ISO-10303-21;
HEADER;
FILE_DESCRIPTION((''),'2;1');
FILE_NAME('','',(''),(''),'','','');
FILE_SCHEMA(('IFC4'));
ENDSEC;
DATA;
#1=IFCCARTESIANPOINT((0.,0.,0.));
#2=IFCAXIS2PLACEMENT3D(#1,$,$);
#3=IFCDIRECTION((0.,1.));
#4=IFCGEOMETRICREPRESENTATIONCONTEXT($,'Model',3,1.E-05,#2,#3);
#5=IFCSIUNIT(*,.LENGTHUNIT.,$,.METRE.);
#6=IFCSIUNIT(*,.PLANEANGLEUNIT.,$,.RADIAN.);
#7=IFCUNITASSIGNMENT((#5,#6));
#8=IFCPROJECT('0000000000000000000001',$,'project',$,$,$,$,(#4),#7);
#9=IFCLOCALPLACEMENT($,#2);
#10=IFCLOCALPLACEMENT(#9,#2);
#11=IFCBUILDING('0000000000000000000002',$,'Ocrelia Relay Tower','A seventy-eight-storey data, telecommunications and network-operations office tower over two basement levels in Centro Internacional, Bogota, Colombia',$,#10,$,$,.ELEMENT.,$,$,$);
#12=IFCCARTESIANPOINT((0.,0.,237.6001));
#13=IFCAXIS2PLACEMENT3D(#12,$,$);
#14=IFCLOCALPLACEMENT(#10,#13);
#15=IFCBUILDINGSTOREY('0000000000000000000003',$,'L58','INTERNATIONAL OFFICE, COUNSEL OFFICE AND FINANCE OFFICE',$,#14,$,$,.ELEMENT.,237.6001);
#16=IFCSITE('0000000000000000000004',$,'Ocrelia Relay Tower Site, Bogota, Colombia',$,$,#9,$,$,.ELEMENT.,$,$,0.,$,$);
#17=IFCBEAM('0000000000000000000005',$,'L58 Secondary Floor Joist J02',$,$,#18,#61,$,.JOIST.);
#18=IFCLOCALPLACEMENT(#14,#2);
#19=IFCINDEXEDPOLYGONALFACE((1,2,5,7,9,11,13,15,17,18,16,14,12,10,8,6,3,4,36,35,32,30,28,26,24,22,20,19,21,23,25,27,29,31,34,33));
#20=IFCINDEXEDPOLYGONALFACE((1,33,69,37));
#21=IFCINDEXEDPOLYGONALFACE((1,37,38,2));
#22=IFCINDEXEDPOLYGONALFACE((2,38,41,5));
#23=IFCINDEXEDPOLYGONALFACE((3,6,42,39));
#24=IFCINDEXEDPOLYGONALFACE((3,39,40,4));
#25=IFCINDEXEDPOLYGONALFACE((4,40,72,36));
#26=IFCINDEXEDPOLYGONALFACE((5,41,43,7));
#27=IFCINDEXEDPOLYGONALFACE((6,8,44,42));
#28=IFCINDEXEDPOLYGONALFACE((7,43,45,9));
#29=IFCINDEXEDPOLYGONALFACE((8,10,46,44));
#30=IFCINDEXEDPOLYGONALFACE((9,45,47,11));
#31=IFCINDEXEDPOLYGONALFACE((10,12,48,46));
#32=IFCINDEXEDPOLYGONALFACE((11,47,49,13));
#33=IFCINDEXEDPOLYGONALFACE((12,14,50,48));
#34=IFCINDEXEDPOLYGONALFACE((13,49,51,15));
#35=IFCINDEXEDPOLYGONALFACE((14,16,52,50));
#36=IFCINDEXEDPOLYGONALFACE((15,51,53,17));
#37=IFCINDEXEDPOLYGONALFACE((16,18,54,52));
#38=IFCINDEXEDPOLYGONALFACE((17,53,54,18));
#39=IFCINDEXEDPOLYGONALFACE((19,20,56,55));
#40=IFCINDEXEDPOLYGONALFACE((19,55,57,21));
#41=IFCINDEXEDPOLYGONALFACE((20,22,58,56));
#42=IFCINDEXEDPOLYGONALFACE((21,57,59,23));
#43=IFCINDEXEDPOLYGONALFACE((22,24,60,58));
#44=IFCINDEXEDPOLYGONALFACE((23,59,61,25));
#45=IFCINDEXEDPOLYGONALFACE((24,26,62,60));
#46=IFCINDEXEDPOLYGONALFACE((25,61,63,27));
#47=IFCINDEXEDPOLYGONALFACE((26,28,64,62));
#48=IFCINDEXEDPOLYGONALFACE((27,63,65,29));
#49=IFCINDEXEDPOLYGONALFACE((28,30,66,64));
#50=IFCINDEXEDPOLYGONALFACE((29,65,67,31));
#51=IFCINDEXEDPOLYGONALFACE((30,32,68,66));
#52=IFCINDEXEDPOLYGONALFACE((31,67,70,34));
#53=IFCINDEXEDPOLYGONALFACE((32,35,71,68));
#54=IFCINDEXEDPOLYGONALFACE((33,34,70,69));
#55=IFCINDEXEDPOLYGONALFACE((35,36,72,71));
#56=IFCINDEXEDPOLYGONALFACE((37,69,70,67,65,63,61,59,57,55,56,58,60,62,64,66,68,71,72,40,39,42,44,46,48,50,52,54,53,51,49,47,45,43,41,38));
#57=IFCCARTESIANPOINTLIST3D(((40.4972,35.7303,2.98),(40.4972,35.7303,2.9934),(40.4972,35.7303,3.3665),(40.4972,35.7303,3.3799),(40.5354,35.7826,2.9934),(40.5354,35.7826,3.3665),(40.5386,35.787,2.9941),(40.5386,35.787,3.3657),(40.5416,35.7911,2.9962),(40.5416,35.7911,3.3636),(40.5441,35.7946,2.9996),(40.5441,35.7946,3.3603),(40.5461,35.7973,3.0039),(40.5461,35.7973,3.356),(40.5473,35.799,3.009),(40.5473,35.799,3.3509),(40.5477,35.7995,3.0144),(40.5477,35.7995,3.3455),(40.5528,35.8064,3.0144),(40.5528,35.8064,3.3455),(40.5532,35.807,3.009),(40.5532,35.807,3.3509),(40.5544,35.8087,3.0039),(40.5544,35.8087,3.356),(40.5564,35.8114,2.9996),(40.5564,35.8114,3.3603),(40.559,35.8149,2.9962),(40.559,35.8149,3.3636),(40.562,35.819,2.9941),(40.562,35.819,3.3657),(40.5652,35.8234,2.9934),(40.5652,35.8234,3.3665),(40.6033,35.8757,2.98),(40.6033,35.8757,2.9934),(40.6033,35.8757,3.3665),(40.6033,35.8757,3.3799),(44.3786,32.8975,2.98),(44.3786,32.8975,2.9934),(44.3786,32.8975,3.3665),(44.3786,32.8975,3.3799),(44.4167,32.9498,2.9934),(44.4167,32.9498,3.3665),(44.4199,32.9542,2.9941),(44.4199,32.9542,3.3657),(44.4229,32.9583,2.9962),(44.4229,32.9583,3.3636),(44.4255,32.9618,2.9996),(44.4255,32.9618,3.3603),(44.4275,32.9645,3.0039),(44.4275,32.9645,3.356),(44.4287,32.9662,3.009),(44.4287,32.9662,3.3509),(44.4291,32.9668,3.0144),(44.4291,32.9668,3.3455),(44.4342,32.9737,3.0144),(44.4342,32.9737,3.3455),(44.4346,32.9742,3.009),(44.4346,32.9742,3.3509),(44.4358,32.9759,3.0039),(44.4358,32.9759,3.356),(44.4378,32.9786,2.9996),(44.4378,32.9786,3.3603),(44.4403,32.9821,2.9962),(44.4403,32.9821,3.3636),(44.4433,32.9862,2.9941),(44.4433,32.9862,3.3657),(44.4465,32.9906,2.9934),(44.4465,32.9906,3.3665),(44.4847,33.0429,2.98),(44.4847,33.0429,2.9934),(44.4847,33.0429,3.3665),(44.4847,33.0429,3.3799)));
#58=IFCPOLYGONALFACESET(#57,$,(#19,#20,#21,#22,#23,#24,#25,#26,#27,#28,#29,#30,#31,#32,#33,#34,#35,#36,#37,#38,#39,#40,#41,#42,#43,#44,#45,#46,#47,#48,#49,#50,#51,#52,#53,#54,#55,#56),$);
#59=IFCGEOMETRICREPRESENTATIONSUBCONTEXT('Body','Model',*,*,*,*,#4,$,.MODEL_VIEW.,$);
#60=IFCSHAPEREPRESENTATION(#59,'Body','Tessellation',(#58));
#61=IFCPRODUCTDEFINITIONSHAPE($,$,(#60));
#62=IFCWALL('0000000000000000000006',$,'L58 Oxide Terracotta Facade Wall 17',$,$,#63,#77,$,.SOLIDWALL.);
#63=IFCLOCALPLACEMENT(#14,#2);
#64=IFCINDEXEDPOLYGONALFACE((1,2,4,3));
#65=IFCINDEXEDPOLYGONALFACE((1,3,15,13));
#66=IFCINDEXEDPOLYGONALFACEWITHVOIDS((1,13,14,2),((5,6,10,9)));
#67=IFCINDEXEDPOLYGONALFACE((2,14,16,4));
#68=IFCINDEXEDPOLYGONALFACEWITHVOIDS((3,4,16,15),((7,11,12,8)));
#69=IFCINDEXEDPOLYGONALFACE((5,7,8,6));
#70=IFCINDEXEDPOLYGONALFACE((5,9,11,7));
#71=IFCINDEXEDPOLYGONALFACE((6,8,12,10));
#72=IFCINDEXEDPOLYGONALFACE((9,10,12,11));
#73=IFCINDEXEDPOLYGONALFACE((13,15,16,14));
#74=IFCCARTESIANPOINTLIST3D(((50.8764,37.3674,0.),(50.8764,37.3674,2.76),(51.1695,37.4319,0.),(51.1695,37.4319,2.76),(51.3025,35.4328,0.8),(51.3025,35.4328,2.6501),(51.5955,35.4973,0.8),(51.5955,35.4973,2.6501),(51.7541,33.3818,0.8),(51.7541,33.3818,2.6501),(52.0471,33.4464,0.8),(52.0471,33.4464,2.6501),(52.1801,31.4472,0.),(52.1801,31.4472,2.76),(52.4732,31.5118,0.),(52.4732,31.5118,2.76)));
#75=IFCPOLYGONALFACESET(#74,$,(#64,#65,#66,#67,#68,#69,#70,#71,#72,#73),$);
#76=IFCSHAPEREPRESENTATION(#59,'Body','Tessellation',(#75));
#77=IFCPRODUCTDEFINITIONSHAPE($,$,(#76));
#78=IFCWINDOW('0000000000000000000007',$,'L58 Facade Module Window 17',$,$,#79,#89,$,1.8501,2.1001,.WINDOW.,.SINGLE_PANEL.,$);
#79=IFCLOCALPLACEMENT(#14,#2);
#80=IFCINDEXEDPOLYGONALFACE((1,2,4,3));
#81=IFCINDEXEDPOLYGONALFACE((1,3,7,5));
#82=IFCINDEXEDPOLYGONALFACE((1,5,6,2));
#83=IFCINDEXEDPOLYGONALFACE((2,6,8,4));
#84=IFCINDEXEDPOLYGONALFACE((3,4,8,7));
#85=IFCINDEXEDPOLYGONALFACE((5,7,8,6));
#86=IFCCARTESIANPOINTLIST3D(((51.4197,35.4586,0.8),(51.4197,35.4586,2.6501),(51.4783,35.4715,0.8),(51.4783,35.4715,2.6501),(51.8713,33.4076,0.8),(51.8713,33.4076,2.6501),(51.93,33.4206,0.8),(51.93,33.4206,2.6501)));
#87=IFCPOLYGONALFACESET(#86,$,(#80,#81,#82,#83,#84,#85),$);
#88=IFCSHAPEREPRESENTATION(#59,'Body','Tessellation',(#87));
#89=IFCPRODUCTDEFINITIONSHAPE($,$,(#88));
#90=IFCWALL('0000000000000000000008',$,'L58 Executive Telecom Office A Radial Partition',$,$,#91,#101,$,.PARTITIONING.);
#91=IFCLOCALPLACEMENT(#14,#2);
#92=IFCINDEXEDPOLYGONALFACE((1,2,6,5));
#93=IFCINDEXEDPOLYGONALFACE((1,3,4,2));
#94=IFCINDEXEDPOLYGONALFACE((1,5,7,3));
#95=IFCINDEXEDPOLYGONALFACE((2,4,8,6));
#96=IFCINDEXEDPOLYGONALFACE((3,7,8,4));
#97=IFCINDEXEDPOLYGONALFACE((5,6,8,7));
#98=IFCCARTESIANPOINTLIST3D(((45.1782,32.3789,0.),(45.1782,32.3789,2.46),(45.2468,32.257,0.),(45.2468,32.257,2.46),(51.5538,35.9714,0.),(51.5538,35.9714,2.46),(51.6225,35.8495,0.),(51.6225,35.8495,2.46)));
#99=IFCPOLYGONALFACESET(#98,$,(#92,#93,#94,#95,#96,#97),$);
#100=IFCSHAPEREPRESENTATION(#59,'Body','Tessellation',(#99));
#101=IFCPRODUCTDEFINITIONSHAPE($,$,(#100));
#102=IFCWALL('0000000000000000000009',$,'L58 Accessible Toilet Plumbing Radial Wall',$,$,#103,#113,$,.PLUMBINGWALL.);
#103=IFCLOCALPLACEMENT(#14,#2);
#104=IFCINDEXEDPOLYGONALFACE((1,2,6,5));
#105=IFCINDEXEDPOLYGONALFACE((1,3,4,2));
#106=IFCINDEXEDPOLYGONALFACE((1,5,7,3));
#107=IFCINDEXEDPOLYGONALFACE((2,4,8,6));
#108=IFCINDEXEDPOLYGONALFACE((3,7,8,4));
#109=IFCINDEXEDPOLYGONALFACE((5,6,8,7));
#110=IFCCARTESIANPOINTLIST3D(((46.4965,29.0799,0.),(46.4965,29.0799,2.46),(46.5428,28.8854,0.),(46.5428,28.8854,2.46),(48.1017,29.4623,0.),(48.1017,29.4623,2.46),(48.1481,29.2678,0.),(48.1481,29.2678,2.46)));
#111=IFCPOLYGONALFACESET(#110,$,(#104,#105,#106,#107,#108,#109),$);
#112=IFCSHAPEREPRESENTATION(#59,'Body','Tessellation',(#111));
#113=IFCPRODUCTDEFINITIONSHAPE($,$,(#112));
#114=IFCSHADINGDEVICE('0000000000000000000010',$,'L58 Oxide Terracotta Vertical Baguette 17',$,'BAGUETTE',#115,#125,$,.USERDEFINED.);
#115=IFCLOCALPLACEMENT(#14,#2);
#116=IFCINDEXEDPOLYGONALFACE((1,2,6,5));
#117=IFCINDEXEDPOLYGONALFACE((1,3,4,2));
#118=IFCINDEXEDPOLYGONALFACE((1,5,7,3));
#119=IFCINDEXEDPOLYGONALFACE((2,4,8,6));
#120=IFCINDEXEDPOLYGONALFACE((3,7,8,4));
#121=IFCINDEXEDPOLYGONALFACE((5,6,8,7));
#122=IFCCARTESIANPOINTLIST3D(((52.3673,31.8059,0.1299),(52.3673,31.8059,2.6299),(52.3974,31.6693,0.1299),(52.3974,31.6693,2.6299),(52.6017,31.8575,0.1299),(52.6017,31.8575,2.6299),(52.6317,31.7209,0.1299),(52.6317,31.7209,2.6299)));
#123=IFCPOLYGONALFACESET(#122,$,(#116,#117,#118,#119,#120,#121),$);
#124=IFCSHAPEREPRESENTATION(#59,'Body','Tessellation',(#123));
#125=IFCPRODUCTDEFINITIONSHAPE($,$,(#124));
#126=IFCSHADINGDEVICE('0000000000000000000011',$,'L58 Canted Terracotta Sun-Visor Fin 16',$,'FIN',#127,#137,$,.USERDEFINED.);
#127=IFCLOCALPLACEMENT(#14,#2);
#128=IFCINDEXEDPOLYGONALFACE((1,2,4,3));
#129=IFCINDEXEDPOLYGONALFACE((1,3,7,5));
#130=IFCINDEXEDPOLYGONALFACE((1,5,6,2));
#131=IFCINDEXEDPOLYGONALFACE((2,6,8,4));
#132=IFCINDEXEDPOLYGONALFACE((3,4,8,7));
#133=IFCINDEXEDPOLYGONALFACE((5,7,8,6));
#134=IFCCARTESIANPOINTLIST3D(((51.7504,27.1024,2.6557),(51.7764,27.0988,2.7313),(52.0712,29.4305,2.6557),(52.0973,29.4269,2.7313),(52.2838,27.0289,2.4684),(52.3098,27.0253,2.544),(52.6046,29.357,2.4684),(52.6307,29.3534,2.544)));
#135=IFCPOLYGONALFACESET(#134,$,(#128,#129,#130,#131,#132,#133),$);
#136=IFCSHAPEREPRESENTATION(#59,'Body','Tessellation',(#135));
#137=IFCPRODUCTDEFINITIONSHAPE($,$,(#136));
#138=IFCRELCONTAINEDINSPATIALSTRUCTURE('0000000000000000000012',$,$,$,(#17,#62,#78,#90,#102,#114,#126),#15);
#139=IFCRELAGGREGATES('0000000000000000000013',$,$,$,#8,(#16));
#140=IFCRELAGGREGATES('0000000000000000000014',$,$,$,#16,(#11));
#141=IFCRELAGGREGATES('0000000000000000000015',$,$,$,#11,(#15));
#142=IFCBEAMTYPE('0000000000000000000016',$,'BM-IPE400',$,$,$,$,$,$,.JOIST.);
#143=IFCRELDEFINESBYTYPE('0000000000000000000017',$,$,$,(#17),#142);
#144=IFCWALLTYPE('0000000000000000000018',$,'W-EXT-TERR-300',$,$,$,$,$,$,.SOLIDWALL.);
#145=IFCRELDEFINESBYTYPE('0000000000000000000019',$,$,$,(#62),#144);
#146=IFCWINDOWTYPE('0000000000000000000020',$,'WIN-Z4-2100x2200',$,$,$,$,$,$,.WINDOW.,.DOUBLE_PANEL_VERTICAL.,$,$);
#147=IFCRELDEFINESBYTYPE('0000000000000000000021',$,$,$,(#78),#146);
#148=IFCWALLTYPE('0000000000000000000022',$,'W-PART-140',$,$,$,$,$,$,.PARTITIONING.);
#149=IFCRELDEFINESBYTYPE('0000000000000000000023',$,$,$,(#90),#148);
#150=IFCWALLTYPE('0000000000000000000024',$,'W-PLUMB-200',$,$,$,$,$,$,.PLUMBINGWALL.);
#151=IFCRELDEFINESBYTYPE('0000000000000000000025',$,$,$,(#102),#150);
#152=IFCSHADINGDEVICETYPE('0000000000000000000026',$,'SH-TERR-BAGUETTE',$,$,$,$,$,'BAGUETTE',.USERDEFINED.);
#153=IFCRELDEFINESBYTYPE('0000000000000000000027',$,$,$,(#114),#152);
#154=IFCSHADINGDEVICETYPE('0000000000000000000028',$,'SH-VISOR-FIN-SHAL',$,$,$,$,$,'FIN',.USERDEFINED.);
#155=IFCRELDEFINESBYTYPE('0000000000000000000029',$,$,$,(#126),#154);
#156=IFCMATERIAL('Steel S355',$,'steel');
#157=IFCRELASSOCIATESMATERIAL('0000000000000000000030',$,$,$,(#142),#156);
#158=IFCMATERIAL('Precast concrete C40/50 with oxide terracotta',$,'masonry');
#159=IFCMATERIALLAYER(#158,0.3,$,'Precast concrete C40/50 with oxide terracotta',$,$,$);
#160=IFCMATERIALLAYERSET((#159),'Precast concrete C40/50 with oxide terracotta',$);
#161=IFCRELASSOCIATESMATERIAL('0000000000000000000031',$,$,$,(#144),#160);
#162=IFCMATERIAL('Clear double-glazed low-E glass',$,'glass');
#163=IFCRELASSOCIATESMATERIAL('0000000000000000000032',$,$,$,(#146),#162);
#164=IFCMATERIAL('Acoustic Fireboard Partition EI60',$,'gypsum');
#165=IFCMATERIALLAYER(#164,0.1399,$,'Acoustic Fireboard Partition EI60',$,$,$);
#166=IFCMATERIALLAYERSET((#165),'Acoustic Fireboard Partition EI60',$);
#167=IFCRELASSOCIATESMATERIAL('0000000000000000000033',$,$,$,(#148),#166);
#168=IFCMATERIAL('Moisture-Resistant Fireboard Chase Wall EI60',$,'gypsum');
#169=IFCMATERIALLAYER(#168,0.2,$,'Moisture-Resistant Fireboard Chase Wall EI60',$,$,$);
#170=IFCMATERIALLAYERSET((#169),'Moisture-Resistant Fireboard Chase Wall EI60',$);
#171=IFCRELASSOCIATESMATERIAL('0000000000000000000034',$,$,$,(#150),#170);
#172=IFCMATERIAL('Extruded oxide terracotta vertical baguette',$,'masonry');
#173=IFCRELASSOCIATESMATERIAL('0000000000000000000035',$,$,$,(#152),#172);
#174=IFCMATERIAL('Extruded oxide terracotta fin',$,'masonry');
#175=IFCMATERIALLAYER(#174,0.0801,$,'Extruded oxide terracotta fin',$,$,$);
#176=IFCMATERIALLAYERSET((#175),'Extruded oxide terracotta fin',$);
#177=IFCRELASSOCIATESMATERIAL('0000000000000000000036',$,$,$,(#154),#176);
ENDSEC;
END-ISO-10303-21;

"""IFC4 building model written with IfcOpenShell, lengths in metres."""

from ifc_helpers import new_model, si_unit, direction, frame, frame_2d, origin, origin_2d, place, context, subcontext, project, spatial, rectangle, i_section, extrude, material, layer, layer_set, material_profile, profile_set, type_object, element, fill, save


model = new_model("IFC4")

# Units and contexts
model_context = context("Model", 3, precision=1e-05, world=origin(), true_north=direction((0.0, 1.0)))
body_context = subcontext(model_context, "Body", "Model", "MODEL_VIEW")
ifc_project = project(units=[si_unit("LENGTHUNIT", "METRE"), si_unit("PLANEANGLEUNIT", "RADIAN")], contexts=[model_context])

# Site, building, storey
site_placement = place(None, origin())
site = spatial("IfcSite", under=ifc_project, at=site_placement, Name="Ocrelia Relay Tower Site, Bogota, Colombia", CompositionType="ELEMENT", RefElevation=0.0)
building_placement = place(site_placement, origin())
building = spatial("IfcBuilding", under=site, at=building_placement, Name="Ocrelia Relay Tower", Description="A seventy-eight-storey data, telecommunications and network-operations office tower over two basement levels in Centro Internacional, Bogota, Colombia", CompositionType="ELEMENT")
storey_placement = place(building_placement, frame((0.0, 0.0, 237.6001)))
storey = spatial("IfcBuildingStorey", under=building, at=storey_placement, Name="L58", Description="INTERNATIONAL OFFICE, COUNSEL OFFICE AND FINANCE OFFICE", CompositionType="ELEMENT", Elevation=237.6001)

# Beam
ifc_material_1 = material(Name="Steel S355", Category="steel")
ifc_material_profile_1 = material_profile(ifc_material_1, i_section(OverallWidth=0.1799, OverallDepth=0.3999, WebThickness=0.0085, FlangeThickness=0.0134, FilletRadius=0.021, at=origin_2d()), Name="IPE 400")
ifc_profile_set_1 = profile_set([ifc_material_profile_1], Name="Steel S355")
beam_type_1 = type_object("IfcBeamType", Name="BM-IPE400", PredefinedType="JOIST", material=ifc_profile_set_1)
beam_1_placement = place(storey_placement, frame((44.4316, 32.9702, 3.1799), z_axis=(-0.807748, 0.589527, 0.0), x_axis=(-0.589527, -0.807748, 0.0)))
element("IfcBeam", 1, at=beam_1_placement, inside=storey, type_object=beam_type_1, Name="L58 Secondary Floor Joist J02", PredefinedType="JOIST", context=body_context, shape_type="SweptSolid", body=[
    extrude(i_section(OverallWidth=0.1799, OverallDepth=0.3999, WebThickness=0.0085, FlangeThickness=0.0134, FilletRadius=0.021, at=origin_2d()), origin(), (0.0, 0.0, 1.0), 4.8052),
])

# Wall, opening, window
ifc_material_2 = material(Name="Precast concrete C40/50 with oxide terracotta", Category="masonry")
ifc_layer_1 = layer(ifc_material_2, 0.3, Name="Precast concrete C40/50 with oxide terracotta")
ifc_layer_set_1 = layer_set([ifc_layer_1], Name="Precast concrete C40/50 with oxide terracotta")
wall_type_1 = type_object("IfcWallType", Name="W-EXT-TERR-300", PredefinedType="SOLIDWALL", material=ifc_layer_set_1)
wall_1_placement = place(storey_placement, frame((52.3267, 31.4795, 0.0), z_axis=(0.0, 0.0, 1.0), x_axis=(-0.215062, 0.9766, 0.0)))
wall_1 = element("IfcWall", 2, at=wall_1_placement, inside=storey, type_object=wall_type_1, Name="L58 Oxide Terracotta Facade Wall 17", PredefinedType="SOLIDWALL", context=body_context, shape_type="SweptSolid", body=[
    extrude(rectangle(XDim=6.062, YDim=0.3, at=frame_2d((3.031, 0.0))), origin(), (0.0, 0.0, 1.0), 2.76),
])
opening_1_placement = place(wall_1_placement, frame((1.981, 0.0, 0.8)))
opening_1 = element("IfcOpeningElement", 3, at=opening_1_placement, cuts=wall_1, PredefinedType="OPENING", context=body_context, shape_type="SweptSolid", body=[
    extrude(rectangle(XDim=2.1001, YDim=1.8501, at=frame_2d((1.05, 0.925))), frame((0.0, 0.1602, 0.0), z_axis=(0.0, -1.0, 0.0), x_axis=(1.0, 0.0, 0.0)), (0.0, 0.0, 1.0), 0.3201),
])
ifc_material_3 = material(Name="Clear double-glazed low-E glass", Category="glass")
window_type = type_object("IfcWindowType", Name="WIN-Z4-2100x2200", PartitioningType="DOUBLE_PANEL_VERTICAL", PredefinedType="WINDOW", material=ifc_material_3)
window_placement = place(opening_1_placement, origin())
window = element("IfcWindow", 4, at=window_placement, inside=storey, type_object=window_type, Name="L58 Facade Module Window 17", OverallHeight=1.8501, OverallWidth=2.1001, PartitioningType="SINGLE_PANEL", PredefinedType="WINDOW", context=body_context, shape_type="SweptSolid", body=[
    extrude(rectangle(XDim=2.1001, YDim=1.8501, at=frame_2d((1.05, 0.925))), frame((0.0, 0.03, 0.0), z_axis=(0.0, -1.0, 0.0), x_axis=(1.0, 0.0, 0.0)), (0.0, 0.0, 1.0), 0.0601),
])
fill(opening_1, window)

# Wall
ifc_material_4 = material(Name="Acoustic Fireboard Partition EI60", Category="gypsum")
ifc_layer_2 = layer(ifc_material_4, 0.1399, Name="Acoustic Fireboard Partition EI60")
ifc_layer_set_2 = layer_set([ifc_layer_2], Name="Acoustic Fireboard Partition EI60")
wall_type_2 = type_object("IfcWallType", Name="W-PART-140", PredefinedType="PARTITIONING", material=ifc_layer_set_2)
wall_2_placement = place(storey_placement, frame((45.2124, 32.3179, 0.0), z_axis=(0.0, 0.0, 1.0), x_axis=(0.871214, 0.490903, 0.0)))
element("IfcWall", 5, at=wall_2_placement, inside=storey, type_object=wall_type_2, Name="L58 Executive Telecom Office A Radial Partition", PredefinedType="PARTITIONING", context=body_context, shape_type="SweptSolid", body=[
    extrude(rectangle(XDim=7.3181, YDim=0.1399, at=frame_2d((3.6592, 0.0))), origin(), (0.0, 0.0, 1.0), 2.46),
])

# Wall
ifc_material_5 = material(Name="Moisture-Resistant Fireboard Chase Wall EI60", Category="gypsum")
ifc_layer_3 = layer(ifc_material_5, 0.2, Name="Moisture-Resistant Fireboard Chase Wall EI60")
ifc_layer_set_3 = layer_set([ifc_layer_3], Name="Moisture-Resistant Fireboard Chase Wall EI60")
wall_type_3 = type_object("IfcWallType", Name="W-PLUMB-200", PredefinedType="PLUMBINGWALL", material=ifc_layer_set_3)
wall_3_placement = place(storey_placement, frame((46.5195, 28.9827, 0.0), z_axis=(0.0, 0.0, 1.0), x_axis=(0.972789, 0.231694, 0.0)))
element("IfcWall", 6, at=wall_3_placement, inside=storey, type_object=wall_type_3, Name="L58 Accessible Toilet Plumbing Radial Wall", PredefinedType="PLUMBINGWALL", context=body_context, shape_type="SweptSolid", body=[
    extrude(rectangle(XDim=1.6501, YDim=0.2, at=frame_2d((0.8252, 0.0))), origin(), (0.0, 0.0, 1.0), 2.46),
])

# Shading devices
ifc_material_6 = material(Name="Extruded oxide terracotta vertical baguette", Category="masonry")
shading_device_type_1 = type_object("IfcShadingDeviceType", Name="SH-TERR-BAGUETTE", ElementType="BAGUETTE", PredefinedType="USERDEFINED", material=ifc_material_6)
shading_device_1_placement = place(storey_placement, frame((52.4995, 31.7634, 0.1299), z_axis=(0.0, 0.0, 1.0), x_axis=(-0.215051, 0.976603, 0.0)))
element("IfcShadingDevice", 7, at=shading_device_1_placement, inside=storey, type_object=shading_device_type_1, Name="L58 Oxide Terracotta Vertical Baguette 17", ObjectType="BAGUETTE", PredefinedType="USERDEFINED", context=body_context, shape_type="SweptSolid", body=[
    extrude(rectangle(XDim=0.1399, YDim=0.24, at=origin_2d()), origin(), (0.0, 0.0, 1.0), 2.5),
])
ifc_material_7 = material(Name="Extruded oxide terracotta fin", Category="masonry")
ifc_layer_4 = layer(ifc_material_7, 0.0801, Name="Extruded oxide terracotta fin")
ifc_layer_set_4 = layer_set([ifc_layer_4], Name="Extruded oxide terracotta fin")
shading_device_type_2 = type_object("IfcShadingDeviceType", Name="SH-VISOR-FIN-SHAL", ElementType="FIN", PredefinedType="USERDEFINED", material=ifc_layer_set_4)
shading_device_2_placement = place(storey_placement, frame((52.1775, 28.2297, 2.562), z_axis=(0.325461, -0.04485, 0.944491), x_axis=(0.136516, 0.990638, 0.0)))
element("IfcShadingDevice", 8, at=shading_device_2_placement, inside=storey, type_object=shading_device_type_2, Name="L58 Canted Terracotta Sun-Visor Fin 16", ObjectType="FIN", PredefinedType="USERDEFINED", context=body_context, shape_type="SweptSolid", body=[
    extrude(rectangle(XDim=2.3501, YDim=0.5701, at=origin_2d()), origin(), (0.0, 0.0, 1.0), 0.0801),
])

save(model, "model.ifc")
